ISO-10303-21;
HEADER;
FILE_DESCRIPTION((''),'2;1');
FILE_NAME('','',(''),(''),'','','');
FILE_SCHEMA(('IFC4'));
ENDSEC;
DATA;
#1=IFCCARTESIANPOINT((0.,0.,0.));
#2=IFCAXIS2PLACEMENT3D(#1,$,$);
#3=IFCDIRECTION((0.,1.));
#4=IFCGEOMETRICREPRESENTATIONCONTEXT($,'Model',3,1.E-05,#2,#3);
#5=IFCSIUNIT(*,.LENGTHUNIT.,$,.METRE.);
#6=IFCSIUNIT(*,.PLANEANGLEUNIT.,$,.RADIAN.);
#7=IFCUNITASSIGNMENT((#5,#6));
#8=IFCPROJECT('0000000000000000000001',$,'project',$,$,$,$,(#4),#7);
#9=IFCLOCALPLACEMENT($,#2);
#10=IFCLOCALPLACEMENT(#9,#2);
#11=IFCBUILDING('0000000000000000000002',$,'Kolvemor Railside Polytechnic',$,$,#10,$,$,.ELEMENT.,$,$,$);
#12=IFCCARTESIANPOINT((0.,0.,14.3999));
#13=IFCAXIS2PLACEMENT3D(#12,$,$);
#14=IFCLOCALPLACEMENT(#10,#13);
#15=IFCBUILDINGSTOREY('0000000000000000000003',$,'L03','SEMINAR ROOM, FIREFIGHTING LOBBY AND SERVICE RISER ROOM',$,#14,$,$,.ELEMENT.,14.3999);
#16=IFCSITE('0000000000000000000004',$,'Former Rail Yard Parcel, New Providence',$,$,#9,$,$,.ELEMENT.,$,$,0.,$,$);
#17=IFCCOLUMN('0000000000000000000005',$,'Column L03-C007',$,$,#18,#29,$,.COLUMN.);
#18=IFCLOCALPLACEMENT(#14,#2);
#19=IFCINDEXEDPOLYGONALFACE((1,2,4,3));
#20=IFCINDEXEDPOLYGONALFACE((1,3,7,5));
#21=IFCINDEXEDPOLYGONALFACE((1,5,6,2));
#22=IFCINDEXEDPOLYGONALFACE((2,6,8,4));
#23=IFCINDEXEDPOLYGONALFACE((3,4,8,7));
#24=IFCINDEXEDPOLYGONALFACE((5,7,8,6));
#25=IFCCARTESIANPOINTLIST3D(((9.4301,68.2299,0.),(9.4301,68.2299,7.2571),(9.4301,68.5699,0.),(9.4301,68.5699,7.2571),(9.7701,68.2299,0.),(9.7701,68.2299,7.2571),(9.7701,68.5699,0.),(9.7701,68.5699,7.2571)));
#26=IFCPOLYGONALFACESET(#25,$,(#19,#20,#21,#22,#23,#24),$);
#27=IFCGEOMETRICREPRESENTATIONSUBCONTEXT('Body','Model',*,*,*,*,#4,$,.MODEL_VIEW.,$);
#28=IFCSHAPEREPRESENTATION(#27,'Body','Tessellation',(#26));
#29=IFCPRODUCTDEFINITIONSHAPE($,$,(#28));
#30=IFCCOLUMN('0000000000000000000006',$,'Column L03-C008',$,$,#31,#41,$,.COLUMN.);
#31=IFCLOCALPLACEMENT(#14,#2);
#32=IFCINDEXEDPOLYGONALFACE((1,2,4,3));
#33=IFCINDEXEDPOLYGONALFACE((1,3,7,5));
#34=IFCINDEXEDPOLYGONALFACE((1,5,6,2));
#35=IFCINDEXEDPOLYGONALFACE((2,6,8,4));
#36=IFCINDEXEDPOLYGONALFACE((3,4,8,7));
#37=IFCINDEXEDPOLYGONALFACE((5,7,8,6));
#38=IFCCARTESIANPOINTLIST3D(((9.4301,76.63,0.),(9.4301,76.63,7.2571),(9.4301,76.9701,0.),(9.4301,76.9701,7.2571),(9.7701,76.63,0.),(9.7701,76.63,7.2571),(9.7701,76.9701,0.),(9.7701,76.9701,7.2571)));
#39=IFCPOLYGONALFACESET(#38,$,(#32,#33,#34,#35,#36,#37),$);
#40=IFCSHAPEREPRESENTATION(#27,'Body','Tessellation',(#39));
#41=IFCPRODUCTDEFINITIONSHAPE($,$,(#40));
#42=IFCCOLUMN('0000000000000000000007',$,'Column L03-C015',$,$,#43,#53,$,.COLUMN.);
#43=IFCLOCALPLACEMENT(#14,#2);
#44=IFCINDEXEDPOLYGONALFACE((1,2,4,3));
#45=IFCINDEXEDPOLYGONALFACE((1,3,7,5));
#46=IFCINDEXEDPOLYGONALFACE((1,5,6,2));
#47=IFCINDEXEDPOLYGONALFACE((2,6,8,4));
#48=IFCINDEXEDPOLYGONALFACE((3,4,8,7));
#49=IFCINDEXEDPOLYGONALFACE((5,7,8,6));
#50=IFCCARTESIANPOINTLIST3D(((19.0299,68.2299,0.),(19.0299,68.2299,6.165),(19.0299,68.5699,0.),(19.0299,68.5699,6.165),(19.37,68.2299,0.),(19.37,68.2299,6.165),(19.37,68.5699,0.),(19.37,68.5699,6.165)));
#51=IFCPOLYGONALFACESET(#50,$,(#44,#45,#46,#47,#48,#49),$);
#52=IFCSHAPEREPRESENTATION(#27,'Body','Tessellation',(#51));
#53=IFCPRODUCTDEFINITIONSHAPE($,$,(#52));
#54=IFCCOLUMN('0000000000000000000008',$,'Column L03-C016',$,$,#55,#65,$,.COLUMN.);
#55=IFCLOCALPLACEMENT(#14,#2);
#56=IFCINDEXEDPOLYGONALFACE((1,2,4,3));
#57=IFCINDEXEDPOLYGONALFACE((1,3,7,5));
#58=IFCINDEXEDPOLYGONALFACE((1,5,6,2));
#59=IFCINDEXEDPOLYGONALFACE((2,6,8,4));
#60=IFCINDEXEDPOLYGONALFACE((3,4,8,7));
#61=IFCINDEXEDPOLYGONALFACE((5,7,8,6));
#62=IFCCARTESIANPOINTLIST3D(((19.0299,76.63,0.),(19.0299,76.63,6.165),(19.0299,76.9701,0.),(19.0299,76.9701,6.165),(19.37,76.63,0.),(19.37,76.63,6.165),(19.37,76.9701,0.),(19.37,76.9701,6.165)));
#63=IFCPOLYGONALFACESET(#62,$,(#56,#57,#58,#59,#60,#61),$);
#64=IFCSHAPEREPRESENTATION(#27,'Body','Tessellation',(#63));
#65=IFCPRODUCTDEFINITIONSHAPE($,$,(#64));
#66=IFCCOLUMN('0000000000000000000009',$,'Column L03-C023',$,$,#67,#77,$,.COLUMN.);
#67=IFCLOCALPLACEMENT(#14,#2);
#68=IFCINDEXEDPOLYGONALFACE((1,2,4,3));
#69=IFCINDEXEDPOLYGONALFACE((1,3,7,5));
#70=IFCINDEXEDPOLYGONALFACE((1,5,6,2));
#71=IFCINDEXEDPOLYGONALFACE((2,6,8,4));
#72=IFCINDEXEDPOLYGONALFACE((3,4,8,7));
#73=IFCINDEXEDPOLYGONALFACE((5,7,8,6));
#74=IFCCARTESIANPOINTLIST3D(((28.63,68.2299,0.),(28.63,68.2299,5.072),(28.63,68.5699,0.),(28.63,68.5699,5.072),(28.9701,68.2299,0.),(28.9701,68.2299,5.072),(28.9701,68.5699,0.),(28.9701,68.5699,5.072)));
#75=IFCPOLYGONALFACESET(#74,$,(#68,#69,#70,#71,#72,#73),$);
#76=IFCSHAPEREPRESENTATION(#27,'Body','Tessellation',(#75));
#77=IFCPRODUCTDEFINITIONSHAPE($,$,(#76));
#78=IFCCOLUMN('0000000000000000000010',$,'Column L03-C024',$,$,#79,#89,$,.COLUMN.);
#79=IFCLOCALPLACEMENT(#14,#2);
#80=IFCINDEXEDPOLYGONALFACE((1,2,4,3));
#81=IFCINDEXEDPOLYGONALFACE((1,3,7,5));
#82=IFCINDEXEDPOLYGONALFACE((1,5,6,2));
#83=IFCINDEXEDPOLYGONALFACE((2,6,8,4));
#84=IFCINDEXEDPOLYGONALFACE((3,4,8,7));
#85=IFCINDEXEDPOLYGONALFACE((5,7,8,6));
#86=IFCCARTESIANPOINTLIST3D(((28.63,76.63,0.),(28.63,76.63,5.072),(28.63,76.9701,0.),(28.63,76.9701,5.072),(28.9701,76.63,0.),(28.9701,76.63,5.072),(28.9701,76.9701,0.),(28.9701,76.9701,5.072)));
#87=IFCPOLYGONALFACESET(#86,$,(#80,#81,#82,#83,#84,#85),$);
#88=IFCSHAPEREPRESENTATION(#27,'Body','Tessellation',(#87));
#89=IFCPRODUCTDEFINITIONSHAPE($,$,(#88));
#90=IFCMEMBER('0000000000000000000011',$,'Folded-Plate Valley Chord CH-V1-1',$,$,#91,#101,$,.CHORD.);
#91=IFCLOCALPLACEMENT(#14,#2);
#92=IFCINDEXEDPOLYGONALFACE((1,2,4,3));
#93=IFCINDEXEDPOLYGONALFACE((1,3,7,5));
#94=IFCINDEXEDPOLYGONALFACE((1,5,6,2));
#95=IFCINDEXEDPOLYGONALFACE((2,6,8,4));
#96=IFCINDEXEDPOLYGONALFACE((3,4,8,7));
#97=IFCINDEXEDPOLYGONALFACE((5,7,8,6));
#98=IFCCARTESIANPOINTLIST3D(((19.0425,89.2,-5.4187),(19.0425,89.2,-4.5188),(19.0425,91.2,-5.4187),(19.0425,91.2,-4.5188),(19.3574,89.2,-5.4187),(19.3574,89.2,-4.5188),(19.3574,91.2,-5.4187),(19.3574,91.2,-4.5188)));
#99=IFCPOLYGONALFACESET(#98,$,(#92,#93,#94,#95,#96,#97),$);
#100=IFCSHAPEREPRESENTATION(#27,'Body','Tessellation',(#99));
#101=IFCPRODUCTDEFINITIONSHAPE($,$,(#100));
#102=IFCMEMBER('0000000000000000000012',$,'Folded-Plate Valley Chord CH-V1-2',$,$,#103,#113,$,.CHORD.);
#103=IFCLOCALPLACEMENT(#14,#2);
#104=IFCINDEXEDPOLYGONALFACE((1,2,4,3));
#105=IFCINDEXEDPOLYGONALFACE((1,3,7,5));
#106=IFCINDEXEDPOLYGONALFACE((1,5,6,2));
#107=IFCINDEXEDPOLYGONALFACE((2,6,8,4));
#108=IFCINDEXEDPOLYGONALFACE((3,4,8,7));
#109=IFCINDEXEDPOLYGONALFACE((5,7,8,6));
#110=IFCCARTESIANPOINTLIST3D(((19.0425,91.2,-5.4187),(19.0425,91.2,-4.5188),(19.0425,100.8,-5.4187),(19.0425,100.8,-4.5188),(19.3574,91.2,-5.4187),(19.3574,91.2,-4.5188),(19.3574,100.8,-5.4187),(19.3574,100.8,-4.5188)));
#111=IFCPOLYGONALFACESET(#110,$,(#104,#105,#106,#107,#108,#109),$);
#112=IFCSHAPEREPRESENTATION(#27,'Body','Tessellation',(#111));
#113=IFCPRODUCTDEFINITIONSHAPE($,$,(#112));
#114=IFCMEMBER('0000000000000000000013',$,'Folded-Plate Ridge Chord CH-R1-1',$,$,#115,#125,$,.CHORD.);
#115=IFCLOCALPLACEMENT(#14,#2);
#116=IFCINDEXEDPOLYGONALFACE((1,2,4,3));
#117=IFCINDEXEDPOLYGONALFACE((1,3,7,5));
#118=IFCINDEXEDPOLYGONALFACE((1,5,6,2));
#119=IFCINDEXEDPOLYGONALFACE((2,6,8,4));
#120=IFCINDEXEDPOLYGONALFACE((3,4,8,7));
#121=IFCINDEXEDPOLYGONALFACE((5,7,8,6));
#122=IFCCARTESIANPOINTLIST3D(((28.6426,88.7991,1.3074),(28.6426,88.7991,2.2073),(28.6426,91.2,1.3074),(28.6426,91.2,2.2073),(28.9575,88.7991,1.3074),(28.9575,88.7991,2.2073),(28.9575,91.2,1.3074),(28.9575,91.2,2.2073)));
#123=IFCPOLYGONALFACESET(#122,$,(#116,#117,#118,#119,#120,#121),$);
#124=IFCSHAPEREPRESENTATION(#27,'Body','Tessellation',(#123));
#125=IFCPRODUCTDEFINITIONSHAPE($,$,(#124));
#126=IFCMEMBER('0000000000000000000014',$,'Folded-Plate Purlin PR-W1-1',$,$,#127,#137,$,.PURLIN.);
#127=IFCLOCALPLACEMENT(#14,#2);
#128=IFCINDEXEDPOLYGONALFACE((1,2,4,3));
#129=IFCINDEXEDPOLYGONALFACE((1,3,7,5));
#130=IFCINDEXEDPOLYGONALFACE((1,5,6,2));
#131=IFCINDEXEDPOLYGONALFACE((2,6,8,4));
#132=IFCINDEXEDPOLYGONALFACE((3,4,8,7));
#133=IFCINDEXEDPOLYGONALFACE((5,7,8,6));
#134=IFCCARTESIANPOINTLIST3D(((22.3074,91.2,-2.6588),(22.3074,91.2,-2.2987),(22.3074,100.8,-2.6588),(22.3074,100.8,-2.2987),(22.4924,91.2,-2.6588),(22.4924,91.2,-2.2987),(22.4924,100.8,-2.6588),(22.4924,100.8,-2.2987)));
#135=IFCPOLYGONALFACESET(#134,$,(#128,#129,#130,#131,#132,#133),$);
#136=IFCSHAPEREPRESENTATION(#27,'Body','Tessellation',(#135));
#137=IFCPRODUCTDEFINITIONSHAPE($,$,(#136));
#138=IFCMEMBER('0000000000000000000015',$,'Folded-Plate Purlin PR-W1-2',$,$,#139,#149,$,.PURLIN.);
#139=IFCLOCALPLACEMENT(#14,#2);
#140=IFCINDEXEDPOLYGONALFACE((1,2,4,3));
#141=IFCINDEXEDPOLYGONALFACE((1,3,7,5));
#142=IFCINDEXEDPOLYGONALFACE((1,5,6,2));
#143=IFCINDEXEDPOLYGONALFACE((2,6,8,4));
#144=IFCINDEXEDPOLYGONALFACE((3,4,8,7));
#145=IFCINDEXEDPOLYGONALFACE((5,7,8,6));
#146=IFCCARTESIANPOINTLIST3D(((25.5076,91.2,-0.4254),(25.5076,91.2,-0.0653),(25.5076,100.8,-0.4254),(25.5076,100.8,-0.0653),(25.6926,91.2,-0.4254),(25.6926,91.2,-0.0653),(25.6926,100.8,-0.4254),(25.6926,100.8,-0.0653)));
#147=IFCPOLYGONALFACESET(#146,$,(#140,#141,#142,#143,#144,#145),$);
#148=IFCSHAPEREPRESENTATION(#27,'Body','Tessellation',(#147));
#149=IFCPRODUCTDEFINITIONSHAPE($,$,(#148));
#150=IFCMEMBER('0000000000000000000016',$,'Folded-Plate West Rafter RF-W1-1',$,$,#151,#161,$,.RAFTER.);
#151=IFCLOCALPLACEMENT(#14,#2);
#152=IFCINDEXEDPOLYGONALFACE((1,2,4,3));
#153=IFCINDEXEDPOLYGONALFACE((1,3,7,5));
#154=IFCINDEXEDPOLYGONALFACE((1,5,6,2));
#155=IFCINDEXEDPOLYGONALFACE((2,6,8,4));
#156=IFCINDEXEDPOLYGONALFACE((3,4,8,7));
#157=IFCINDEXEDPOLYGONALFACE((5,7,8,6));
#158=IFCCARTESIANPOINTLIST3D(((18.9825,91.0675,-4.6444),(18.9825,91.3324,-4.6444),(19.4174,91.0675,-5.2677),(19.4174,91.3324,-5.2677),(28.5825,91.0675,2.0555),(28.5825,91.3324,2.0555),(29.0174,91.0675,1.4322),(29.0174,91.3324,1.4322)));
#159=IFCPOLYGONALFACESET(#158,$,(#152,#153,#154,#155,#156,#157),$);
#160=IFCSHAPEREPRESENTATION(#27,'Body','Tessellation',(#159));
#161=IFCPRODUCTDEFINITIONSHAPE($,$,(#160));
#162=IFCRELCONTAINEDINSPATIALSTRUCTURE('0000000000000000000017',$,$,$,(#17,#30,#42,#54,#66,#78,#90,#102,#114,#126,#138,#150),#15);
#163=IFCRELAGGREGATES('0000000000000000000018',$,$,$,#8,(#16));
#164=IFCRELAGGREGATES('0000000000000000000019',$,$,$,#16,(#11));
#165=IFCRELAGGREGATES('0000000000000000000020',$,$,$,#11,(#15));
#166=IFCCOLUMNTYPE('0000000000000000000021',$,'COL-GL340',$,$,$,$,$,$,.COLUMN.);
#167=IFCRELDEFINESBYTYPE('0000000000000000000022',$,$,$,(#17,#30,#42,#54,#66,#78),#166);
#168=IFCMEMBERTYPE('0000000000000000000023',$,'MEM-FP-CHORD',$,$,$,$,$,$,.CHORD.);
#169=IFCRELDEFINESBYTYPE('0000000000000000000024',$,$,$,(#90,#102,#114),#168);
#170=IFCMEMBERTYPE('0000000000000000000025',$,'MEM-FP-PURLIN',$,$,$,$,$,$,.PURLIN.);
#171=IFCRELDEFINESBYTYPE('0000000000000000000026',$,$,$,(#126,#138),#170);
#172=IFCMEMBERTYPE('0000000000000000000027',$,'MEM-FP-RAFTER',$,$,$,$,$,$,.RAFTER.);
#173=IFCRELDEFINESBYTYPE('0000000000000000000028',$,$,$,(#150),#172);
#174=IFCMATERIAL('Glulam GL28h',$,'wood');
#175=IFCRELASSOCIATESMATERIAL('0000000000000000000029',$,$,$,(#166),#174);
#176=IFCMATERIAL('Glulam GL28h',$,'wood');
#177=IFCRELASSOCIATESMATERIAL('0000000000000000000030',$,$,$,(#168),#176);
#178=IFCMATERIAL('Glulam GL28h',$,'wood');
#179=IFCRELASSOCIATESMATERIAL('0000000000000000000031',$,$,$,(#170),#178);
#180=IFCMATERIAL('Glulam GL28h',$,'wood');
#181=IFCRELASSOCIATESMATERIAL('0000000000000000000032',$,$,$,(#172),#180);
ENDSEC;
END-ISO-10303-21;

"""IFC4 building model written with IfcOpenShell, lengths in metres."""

from ifc_helpers import new_model, si_unit, direction, frame, origin, origin_2d, place, context, subcontext, project, spatial, rectangle, extrude, material, material_profile, profile_set, type_object, element, save


model = new_model("IFC4")

# Units and contexts
model_context = context("Model", 3, precision=1e-05, world=origin(), true_north=direction((0.0, 1.0)))
body_context = subcontext(model_context, "Body", "Model", "MODEL_VIEW")
ifc_project = project(units=[si_unit("LENGTHUNIT", "METRE"), si_unit("PLANEANGLEUNIT", "RADIAN")], contexts=[model_context])

# Site, building, storey
site_placement = place(None, origin())
site = spatial("IfcSite", under=ifc_project, at=site_placement, Name="Former Rail Yard Parcel, New Providence", CompositionType="ELEMENT", RefElevation=0.0)
building_placement = place(site_placement, origin())
building = spatial("IfcBuilding", under=site, at=building_placement, Name="Kolvemor Railside Polytechnic", CompositionType="ELEMENT")
storey_placement = place(building_placement, frame((0.0, 0.0, 14.3999)))
storey = spatial("IfcBuildingStorey", under=building, at=storey_placement, Name="L03", Description="SEMINAR ROOM, FIREFIGHTING LOBBY AND SERVICE RISER ROOM", CompositionType="ELEMENT", Elevation=14.3999)

# Columns
ifc_material_1 = material(Name="Glulam GL28h", Category="wood")
ifc_material_profile_1 = material_profile(ifc_material_1, rectangle(XDim=0.3401, YDim=0.3401, at=origin_2d()), Name="GL340x340")
ifc_profile_set_1 = profile_set([ifc_material_profile_1], Name="Glulam GL28h")
column_type = type_object("IfcColumnType", Name="COL-GL340", PredefinedType="COLUMN", material=ifc_profile_set_1)
for number, where, z_axis, x_axis, name in (
    (1, (9.6001, 68.3999, 0.0), (0.0, 0.0, 1.0), (1.0, 0.0, 0.0), "Column L03-C007"),
    (2, (9.6001, 76.8, 0.0), (0.0, 0.0, 1.0), (1.0, 0.0, 0.0), "Column L03-C008"),
):
    element("IfcColumn", number, at=place(storey_placement, frame(where, z_axis=z_axis, x_axis=x_axis)), inside=storey, type_object=column_type, Name=name, PredefinedType="COLUMN", context=body_context, shape_type="SweptSolid", body=[
        extrude(rectangle(XDim=0.3401, YDim=0.3401, at=origin_2d()), origin(), (0.0, 0.0, 1.0), 7.2571),
    ])
for number, where, z_axis, x_axis, name in (
    (3, (19.2, 68.3999, 0.0), (0.0, 0.0, 1.0), (1.0, 0.0, 0.0), "Column L03-C015"),
    (4, (19.2, 76.8, 0.0), (0.0, 0.0, 1.0), (1.0, 0.0, 0.0), "Column L03-C016"),
):
    element("IfcColumn", number, at=place(storey_placement, frame(where, z_axis=z_axis, x_axis=x_axis)), inside=storey, type_object=column_type, Name=name, PredefinedType="COLUMN", context=body_context, shape_type="SweptSolid", body=[
        extrude(rectangle(XDim=0.3401, YDim=0.3401, at=origin_2d()), origin(), (0.0, 0.0, 1.0), 6.165),
    ])
for number, where, z_axis, x_axis, name in (
    (5, (28.8, 68.3999, 0.0), (0.0, 0.0, 1.0), (1.0, 0.0, 0.0), "Column L03-C023"),
    (6, (28.8, 76.8, 0.0), (0.0, 0.0, 1.0), (1.0, 0.0, 0.0), "Column L03-C024"),
):
    element("IfcColumn", number, at=place(storey_placement, frame(where, z_axis=z_axis, x_axis=x_axis)), inside=storey, type_object=column_type, Name=name, PredefinedType="COLUMN", context=body_context, shape_type="SweptSolid", body=[
        extrude(rectangle(XDim=0.3401, YDim=0.3401, at=origin_2d()), origin(), (0.0, 0.0, 1.0), 5.072),
    ])

# Members
ifc_material_2 = material(Name="Glulam GL28h", Category="wood")
ifc_material_profile_2 = material_profile(ifc_material_2, rectangle(XDim=0.3149, YDim=0.8999, at=origin_2d()), Name="GL315x900")
ifc_profile_set_2 = profile_set([ifc_material_profile_2], Name="Glulam GL28h")
member_type_1 = type_object("IfcMemberType", Name="MEM-FP-CHORD", PredefinedType="CHORD", material=ifc_profile_set_2)
member_1_placement = place(storey_placement, frame((19.2, 89.2, -4.9688), z_axis=(0.0, 1.0, 0.0), x_axis=(-1.0, 0.0, 0.0)))
element("IfcMember", 7, at=member_1_placement, inside=storey, type_object=member_type_1, Name="Folded-Plate Valley Chord CH-V1-1", PredefinedType="CHORD", context=body_context, shape_type="SweptSolid", body=[
    extrude(rectangle(XDim=0.3149, YDim=0.8999, at=origin_2d()), origin(), (0.0, 0.0, 1.0), 2.0),
])
member_2_placement = place(storey_placement, frame((19.2, 91.2, -4.9688), z_axis=(0.0, 1.0, 0.0), x_axis=(-1.0, 0.0, 0.0)))
element("IfcMember", 8, at=member_2_placement, inside=storey, type_object=member_type_1, Name="Folded-Plate Valley Chord CH-V1-2", PredefinedType="CHORD", context=body_context, shape_type="SweptSolid", body=[
    extrude(rectangle(XDim=0.3149, YDim=0.8999, at=origin_2d()), origin(), (0.0, 0.0, 1.0), 9.6001),
])
member_3_placement = place(storey_placement, frame((28.8, 88.7991, 1.7573), z_axis=(0.0, 1.0, 0.0), x_axis=(-1.0, 0.0, 0.0)))
element("IfcMember", 9, at=member_3_placement, inside=storey, type_object=member_type_1, Name="Folded-Plate Ridge Chord CH-R1-1", PredefinedType="CHORD", context=body_context, shape_type="SweptSolid", body=[
    extrude(rectangle(XDim=0.3149, YDim=0.8999, at=origin_2d()), origin(), (0.0, 0.0, 1.0), 2.4009),
])
ifc_material_3 = material(Name="Glulam GL28h", Category="wood")
ifc_material_profile_3 = material_profile(ifc_material_3, rectangle(XDim=0.1851, YDim=0.3601, at=origin_2d()), Name="GL185x360")
ifc_profile_set_3 = profile_set([ifc_material_profile_3], Name="Glulam GL28h")
member_type_2 = type_object("IfcMemberType", Name="MEM-FP-PURLIN", PredefinedType="PURLIN", material=ifc_profile_set_3)
for number, where, z_axis, x_axis, name in (
    (10, (22.3999, 91.2, -2.4788), (0.0, 1.0, 0.0), (-1.0, 0.0, 0.0), "Folded-Plate Purlin PR-W1-1"),
    (11, (25.6001, 91.2, -0.2454), (0.0, 1.0, 0.0), (-1.0, 0.0, 0.0), "Folded-Plate Purlin PR-W1-2"),
):
    element("IfcMember", number, at=place(storey_placement, frame(where, z_axis=z_axis, x_axis=x_axis)), inside=storey, type_object=member_type_2, Name=name, PredefinedType="PURLIN", context=body_context, shape_type="SweptSolid", body=[
        extrude(rectangle(XDim=0.1851, YDim=0.3601, at=origin_2d()), origin(), (0.0, 0.0, 1.0), 9.6001),
    ])
ifc_material_4 = material(Name="Glulam GL28h", Category="wood")
ifc_material_profile_4 = material_profile(ifc_material_4, rectangle(XDim=0.2649, YDim=0.76, at=origin_2d()), Name="GL265x760")
ifc_profile_set_4 = profile_set([ifc_material_profile_4], Name="Glulam GL28h")
member_type_3 = type_object("IfcMemberType", Name="MEM-FP-RAFTER", PredefinedType="RAFTER", material=ifc_profile_set_4)
member_4_placement = place(storey_placement, frame((19.2, 91.2, -4.9561), z_axis=(0.820038, 0.0, 0.572308), x_axis=(0.0, 1.0, 0.0)))
element("IfcMember", 12, at=member_4_placement, inside=storey, type_object=member_type_3, Name="Folded-Plate West Rafter RF-W1-1", PredefinedType="RAFTER", context=body_context, shape_type="SweptSolid", body=[
    extrude(rectangle(XDim=0.2649, YDim=0.76, at=origin_2d()), origin(), (0.0, 0.0, 1.0), 11.7068),
])

save(model, "model.ifc")
